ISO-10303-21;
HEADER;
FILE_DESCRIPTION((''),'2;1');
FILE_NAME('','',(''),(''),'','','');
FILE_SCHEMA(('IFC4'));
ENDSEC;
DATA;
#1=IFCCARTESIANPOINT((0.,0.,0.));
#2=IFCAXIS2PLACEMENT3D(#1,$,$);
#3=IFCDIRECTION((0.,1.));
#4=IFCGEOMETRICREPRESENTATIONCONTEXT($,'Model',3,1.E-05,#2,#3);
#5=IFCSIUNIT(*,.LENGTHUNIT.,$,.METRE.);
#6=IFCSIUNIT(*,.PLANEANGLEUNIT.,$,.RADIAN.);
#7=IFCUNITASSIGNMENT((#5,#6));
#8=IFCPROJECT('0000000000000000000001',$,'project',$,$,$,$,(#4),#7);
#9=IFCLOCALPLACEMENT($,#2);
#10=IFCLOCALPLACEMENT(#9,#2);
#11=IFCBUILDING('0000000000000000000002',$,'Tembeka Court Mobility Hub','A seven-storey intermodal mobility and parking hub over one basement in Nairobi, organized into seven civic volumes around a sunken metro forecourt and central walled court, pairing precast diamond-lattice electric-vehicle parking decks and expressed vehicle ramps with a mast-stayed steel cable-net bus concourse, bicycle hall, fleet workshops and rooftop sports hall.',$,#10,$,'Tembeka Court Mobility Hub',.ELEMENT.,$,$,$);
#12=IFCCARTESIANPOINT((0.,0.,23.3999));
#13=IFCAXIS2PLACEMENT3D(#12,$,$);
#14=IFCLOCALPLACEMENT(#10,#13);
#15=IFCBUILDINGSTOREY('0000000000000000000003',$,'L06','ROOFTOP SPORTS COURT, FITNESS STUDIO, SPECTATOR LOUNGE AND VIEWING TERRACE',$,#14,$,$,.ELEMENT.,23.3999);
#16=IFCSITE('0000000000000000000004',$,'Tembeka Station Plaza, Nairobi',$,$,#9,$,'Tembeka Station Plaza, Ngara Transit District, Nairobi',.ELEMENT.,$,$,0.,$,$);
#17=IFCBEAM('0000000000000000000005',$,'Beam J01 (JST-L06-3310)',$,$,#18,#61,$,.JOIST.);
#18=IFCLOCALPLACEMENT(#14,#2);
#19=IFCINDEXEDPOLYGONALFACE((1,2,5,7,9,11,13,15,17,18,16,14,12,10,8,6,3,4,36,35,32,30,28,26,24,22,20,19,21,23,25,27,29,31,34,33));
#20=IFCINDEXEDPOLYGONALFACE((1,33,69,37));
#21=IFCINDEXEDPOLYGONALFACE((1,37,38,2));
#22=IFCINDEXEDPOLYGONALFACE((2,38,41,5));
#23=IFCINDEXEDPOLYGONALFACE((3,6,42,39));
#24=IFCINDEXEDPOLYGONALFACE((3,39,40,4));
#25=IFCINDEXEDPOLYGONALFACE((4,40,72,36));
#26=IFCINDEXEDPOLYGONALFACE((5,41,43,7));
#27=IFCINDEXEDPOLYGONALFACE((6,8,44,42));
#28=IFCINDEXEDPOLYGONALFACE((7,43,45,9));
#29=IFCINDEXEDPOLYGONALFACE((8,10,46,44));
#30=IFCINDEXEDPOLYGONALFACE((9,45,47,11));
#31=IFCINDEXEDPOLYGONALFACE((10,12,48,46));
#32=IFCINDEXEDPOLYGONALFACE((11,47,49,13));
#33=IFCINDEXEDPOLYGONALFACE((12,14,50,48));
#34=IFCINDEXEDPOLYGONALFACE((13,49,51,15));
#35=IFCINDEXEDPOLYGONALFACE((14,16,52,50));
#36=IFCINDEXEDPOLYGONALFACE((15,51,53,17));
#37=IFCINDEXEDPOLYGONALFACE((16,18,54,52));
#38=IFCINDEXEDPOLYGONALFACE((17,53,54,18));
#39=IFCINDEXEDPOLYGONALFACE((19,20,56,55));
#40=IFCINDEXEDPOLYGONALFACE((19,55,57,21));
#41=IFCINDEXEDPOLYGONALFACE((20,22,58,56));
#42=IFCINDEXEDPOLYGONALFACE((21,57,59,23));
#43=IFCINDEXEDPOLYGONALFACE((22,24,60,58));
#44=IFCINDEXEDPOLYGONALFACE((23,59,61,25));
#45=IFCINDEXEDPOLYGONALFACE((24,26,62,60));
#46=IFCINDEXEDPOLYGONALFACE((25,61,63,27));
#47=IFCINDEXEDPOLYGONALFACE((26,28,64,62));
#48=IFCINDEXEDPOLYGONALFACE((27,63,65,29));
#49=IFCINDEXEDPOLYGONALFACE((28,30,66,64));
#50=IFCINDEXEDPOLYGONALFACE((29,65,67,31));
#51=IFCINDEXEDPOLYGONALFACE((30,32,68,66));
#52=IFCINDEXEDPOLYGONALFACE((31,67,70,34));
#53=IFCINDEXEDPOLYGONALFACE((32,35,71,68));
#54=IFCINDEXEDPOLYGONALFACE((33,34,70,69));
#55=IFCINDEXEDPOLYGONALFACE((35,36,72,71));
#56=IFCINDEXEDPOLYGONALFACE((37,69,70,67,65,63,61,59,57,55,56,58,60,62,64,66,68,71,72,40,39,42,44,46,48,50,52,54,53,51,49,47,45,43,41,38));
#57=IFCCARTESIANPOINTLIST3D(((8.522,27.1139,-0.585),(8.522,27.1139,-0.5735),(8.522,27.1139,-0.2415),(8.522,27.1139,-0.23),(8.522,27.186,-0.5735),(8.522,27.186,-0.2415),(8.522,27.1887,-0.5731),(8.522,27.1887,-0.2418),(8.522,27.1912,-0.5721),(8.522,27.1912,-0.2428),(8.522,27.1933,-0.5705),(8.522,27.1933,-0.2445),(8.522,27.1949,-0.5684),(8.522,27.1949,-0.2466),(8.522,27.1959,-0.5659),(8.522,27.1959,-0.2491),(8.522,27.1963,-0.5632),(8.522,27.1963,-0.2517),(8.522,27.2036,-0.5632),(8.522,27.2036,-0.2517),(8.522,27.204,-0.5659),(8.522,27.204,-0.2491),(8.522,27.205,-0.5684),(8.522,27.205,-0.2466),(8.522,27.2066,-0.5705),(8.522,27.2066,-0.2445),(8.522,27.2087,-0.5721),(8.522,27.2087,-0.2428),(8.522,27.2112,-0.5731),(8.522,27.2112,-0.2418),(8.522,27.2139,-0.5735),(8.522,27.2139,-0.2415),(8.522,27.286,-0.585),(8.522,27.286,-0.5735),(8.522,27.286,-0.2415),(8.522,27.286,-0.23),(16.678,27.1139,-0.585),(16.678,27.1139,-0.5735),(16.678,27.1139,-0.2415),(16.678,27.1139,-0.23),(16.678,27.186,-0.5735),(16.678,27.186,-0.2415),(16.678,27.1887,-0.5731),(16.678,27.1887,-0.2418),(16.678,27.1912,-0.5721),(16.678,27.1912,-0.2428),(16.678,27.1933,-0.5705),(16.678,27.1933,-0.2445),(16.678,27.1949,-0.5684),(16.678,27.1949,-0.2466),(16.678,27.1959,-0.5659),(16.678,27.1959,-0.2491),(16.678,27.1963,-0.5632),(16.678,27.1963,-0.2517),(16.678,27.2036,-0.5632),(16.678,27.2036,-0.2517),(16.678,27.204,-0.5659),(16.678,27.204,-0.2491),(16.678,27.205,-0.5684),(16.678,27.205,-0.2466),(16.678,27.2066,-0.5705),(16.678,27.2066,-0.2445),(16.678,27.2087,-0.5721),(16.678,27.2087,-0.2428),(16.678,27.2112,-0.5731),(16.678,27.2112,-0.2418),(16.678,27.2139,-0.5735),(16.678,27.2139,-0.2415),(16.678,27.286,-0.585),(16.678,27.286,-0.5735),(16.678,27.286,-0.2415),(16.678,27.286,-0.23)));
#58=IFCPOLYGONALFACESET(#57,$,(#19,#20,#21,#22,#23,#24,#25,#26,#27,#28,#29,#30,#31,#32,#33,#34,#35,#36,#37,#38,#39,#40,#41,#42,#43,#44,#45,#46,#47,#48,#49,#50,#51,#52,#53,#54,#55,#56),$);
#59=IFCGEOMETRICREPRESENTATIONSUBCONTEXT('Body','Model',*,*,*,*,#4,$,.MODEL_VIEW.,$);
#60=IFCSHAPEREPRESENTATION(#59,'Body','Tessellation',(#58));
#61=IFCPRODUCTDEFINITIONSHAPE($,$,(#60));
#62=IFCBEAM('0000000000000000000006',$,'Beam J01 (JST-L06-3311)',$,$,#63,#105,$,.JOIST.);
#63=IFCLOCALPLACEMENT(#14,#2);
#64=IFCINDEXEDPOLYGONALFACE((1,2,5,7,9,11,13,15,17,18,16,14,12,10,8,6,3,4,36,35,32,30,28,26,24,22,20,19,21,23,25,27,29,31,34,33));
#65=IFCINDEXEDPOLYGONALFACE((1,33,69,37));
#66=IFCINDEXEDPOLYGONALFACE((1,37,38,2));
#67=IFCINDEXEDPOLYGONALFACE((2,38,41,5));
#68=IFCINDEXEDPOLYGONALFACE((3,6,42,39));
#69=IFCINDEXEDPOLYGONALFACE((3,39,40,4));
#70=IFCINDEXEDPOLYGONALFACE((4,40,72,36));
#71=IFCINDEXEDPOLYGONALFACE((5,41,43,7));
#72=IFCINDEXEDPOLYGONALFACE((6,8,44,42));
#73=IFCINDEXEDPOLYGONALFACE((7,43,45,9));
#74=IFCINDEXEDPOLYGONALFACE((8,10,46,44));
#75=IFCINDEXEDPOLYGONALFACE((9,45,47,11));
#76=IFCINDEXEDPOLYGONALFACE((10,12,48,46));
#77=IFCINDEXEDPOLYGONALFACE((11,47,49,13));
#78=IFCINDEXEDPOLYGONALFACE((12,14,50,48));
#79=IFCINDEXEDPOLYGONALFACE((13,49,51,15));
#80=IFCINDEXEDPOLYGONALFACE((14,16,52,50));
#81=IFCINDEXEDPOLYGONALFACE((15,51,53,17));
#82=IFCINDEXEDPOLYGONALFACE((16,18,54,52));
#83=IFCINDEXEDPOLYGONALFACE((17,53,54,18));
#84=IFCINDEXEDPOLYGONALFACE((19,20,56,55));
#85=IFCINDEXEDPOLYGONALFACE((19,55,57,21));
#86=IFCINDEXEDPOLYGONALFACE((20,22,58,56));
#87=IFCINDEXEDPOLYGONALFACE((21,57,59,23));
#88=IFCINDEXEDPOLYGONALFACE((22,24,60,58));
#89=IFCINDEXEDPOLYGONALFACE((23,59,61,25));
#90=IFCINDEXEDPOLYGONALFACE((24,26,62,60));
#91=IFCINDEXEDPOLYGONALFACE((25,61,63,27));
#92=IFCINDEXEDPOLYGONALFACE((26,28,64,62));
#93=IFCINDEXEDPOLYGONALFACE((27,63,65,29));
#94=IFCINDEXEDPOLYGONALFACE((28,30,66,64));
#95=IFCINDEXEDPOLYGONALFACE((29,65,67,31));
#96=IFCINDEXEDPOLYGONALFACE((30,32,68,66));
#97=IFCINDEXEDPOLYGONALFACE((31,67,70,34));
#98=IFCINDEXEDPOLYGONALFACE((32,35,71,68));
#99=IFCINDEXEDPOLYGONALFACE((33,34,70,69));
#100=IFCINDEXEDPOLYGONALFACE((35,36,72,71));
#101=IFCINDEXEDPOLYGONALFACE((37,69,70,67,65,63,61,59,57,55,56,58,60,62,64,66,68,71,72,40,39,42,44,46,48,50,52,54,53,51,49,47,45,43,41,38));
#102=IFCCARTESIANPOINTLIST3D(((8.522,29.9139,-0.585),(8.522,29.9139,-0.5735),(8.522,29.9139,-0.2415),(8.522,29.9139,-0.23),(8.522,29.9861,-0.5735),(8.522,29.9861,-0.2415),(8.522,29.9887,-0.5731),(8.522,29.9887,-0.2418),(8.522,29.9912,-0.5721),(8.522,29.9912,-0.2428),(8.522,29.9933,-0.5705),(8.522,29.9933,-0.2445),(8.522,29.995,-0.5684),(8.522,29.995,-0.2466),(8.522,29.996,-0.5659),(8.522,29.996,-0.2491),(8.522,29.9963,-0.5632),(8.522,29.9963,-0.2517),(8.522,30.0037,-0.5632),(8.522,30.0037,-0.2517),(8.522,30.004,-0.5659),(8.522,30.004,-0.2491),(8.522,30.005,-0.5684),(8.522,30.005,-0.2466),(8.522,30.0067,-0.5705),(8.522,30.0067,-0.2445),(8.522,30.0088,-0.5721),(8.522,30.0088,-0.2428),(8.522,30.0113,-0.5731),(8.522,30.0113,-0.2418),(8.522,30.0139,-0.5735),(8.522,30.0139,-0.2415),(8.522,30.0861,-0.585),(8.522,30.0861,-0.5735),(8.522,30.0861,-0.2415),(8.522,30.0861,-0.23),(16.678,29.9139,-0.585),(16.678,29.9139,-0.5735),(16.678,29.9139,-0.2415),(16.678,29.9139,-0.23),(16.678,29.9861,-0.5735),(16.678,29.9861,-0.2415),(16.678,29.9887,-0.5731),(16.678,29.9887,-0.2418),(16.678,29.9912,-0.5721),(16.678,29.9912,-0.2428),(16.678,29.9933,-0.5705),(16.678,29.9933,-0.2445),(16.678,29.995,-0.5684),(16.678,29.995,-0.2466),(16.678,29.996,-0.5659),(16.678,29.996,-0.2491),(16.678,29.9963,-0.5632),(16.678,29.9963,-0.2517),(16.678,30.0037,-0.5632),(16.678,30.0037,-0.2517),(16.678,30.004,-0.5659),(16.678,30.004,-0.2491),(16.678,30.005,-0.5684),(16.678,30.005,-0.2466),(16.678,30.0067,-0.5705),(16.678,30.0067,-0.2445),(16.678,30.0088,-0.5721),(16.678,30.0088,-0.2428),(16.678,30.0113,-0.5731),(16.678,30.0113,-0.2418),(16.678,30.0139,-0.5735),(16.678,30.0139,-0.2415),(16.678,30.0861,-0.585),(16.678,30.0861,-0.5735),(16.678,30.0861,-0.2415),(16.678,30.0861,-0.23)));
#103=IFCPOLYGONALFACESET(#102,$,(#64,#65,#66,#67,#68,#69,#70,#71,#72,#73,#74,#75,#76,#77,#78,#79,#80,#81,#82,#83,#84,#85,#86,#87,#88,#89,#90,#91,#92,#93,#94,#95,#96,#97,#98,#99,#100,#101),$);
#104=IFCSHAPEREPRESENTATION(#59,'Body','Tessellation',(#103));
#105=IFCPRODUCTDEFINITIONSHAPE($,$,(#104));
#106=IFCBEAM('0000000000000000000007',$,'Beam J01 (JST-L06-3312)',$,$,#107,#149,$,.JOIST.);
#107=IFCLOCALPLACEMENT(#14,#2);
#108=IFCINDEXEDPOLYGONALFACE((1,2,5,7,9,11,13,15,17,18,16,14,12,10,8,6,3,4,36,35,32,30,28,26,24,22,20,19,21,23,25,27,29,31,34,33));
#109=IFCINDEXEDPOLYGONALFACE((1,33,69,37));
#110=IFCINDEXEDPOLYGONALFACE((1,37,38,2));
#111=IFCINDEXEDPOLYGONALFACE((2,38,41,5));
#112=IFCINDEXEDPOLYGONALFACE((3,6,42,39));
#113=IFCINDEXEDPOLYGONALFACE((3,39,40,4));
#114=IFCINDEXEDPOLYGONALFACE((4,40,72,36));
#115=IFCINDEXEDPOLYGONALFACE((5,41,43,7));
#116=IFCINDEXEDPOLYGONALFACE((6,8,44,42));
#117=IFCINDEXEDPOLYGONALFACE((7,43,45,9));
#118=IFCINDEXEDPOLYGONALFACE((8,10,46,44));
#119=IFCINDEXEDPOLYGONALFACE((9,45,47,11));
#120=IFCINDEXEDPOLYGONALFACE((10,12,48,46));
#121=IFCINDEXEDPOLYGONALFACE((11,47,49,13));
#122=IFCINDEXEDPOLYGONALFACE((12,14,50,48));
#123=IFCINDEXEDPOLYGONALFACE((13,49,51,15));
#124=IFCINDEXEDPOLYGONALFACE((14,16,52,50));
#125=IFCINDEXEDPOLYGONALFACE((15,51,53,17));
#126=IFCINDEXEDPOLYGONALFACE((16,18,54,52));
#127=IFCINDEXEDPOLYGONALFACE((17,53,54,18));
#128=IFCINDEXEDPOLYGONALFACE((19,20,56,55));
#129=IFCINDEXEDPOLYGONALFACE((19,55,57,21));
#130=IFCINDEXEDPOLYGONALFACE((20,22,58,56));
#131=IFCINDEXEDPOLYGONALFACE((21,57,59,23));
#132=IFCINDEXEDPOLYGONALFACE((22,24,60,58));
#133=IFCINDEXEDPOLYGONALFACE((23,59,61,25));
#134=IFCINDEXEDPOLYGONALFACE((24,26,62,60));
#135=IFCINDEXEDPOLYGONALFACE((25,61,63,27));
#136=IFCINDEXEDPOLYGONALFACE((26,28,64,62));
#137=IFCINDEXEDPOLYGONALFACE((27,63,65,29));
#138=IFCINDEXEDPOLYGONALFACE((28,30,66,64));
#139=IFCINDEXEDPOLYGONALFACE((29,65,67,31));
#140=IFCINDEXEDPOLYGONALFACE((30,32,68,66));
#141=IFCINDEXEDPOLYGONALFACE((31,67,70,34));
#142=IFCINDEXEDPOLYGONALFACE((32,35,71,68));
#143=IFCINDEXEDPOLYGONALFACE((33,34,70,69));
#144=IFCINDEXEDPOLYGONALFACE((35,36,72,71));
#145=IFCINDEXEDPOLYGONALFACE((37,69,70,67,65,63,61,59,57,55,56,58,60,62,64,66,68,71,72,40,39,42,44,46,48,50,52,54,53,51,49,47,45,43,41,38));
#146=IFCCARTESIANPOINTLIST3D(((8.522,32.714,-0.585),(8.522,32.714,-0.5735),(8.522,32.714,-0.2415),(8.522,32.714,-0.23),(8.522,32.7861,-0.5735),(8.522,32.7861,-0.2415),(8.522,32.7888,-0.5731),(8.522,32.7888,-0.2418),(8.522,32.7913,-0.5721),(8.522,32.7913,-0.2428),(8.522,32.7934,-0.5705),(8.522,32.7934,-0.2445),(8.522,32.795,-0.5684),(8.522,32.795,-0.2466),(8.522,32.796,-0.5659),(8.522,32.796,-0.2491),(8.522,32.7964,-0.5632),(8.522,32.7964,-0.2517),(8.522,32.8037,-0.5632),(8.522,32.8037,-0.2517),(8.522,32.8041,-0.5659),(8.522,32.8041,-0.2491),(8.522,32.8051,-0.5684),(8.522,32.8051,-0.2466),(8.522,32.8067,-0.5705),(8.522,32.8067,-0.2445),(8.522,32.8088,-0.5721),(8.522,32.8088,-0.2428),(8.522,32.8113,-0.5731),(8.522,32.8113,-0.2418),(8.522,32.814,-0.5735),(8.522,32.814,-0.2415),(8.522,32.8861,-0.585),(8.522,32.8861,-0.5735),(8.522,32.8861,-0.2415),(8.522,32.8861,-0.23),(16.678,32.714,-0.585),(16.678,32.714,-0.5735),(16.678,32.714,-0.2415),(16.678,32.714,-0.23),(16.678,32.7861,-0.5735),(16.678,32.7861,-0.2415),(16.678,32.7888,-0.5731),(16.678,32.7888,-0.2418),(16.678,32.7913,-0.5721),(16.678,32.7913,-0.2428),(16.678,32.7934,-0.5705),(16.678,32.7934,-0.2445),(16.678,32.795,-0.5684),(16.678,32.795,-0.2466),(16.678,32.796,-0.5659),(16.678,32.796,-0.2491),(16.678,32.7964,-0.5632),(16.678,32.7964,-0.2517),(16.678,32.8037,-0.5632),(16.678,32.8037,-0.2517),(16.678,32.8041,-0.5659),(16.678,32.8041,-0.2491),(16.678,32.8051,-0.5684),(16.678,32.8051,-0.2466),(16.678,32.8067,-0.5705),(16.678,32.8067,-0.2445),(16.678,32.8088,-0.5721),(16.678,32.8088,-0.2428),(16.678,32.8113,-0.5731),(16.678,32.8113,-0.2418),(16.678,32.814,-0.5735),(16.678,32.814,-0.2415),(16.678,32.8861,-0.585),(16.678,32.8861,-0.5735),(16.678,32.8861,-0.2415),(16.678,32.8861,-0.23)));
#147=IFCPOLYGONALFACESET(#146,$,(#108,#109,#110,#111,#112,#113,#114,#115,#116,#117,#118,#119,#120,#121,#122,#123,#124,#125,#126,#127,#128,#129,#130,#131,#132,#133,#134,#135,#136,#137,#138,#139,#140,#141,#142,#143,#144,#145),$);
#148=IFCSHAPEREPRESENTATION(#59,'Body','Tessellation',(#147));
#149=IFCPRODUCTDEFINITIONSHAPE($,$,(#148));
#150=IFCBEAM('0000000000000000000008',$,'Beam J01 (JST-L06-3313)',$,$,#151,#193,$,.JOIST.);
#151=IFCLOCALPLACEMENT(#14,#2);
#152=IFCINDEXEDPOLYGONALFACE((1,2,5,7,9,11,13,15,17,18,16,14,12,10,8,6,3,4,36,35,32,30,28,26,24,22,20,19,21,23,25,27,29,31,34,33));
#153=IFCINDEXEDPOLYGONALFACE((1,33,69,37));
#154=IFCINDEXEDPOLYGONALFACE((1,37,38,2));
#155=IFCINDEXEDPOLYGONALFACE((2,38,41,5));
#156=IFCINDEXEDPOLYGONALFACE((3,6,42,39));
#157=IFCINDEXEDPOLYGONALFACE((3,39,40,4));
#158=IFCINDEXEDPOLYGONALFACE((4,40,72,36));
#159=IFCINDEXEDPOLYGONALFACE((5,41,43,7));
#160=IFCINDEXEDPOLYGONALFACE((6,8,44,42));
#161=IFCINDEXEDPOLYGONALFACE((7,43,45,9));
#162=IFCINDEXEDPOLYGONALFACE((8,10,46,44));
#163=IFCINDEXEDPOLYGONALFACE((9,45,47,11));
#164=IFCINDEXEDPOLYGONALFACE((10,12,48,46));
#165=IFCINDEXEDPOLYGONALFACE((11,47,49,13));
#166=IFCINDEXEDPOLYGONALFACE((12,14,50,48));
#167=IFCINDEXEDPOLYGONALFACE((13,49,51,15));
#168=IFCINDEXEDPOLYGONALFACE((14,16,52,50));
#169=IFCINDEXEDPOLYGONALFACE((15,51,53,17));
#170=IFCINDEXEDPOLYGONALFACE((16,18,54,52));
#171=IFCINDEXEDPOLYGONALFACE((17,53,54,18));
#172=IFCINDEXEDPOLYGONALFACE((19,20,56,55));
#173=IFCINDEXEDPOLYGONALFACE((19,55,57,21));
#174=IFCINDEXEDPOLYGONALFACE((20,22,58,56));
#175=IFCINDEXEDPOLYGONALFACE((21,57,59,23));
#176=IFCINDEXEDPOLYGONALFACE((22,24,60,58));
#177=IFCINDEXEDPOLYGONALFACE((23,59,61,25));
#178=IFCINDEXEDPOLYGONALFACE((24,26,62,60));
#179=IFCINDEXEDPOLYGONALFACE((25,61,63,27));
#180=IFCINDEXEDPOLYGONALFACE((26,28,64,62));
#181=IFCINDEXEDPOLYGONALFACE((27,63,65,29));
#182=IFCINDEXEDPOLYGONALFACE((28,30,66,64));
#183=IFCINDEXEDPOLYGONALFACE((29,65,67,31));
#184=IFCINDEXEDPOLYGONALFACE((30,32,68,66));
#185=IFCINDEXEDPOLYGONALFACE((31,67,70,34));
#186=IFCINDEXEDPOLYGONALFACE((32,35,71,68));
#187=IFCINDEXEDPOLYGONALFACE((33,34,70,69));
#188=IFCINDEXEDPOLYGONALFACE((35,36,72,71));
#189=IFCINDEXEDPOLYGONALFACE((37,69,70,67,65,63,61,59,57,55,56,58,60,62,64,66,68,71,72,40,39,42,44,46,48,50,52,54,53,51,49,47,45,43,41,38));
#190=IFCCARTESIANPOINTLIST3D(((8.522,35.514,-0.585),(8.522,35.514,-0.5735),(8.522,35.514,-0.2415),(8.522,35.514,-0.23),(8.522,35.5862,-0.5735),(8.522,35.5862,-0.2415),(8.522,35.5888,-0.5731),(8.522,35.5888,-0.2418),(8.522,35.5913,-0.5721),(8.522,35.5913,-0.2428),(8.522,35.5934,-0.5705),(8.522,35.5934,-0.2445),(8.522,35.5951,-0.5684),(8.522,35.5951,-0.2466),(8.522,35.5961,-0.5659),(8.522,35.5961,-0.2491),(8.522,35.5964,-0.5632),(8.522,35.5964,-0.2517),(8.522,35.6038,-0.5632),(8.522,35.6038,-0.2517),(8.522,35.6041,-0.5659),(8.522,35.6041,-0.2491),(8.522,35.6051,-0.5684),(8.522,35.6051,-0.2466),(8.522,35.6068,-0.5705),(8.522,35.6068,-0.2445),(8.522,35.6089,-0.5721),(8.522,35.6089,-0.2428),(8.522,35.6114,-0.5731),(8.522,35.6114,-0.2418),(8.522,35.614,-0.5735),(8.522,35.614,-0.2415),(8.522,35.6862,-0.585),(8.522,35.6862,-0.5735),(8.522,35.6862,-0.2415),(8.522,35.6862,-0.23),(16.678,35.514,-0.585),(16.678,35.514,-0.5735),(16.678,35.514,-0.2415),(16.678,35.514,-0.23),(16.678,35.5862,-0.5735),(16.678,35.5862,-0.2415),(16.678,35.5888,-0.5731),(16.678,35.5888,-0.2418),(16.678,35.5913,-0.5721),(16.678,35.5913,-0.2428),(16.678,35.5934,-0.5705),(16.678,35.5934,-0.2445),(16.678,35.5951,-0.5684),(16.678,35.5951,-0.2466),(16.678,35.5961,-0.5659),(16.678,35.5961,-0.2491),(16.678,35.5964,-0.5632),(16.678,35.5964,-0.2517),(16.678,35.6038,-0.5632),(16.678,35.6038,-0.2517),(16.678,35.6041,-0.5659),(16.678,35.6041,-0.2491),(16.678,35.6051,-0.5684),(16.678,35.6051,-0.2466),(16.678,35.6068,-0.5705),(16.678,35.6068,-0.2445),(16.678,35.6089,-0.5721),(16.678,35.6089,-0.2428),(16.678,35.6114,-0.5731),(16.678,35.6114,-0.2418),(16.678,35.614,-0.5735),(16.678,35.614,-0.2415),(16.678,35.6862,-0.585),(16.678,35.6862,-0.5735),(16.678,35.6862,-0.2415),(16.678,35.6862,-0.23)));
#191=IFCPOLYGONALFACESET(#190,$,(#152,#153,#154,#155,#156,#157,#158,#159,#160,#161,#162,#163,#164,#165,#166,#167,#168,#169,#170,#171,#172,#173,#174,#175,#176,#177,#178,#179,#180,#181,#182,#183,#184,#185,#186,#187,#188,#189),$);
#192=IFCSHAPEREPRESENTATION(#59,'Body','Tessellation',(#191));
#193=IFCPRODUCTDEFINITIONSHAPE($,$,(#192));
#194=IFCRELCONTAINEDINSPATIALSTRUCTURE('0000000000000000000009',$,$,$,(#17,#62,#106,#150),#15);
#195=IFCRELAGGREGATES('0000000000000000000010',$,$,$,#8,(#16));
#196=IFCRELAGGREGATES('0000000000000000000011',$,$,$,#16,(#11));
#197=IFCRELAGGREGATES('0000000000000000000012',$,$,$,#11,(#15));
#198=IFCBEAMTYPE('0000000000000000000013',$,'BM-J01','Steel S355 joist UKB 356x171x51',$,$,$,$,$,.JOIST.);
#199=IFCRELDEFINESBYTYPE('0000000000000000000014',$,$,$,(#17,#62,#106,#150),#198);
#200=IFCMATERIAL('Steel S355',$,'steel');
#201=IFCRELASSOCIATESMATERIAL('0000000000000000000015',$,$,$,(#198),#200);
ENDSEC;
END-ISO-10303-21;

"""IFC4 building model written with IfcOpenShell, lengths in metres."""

from ifc_helpers import new_model, si_unit, direction, frame, origin, origin_2d, place, context, subcontext, project, spatial, i_section, extrude, material, material_profile, profile_set, type_object, element, save


model = new_model("IFC4")

# Units and contexts
model_context = context("Model", 3, precision=1e-05, world=origin(), true_north=direction((0.0, 1.0)))
body_context = subcontext(model_context, "Body", "Model", "MODEL_VIEW")
ifc_project = project(units=[si_unit("LENGTHUNIT", "METRE"), si_unit("PLANEANGLEUNIT", "RADIAN")], contexts=[model_context])

# Site, building, storey
site_placement = place(None, origin())
site = spatial("IfcSite", under=ifc_project, at=site_placement, Name="Tembeka Station Plaza, Nairobi", LongName="Tembeka Station Plaza, Ngara Transit District, Nairobi", CompositionType="ELEMENT", RefElevation=0.0)
building_placement = place(site_placement, origin())
building = spatial("IfcBuilding", under=site, at=building_placement, Name="Tembeka Court Mobility Hub", Description="A seven-storey intermodal mobility and parking hub over one basement in Nairobi, organized into seven civic volumes around a sunken metro forecourt and central walled court, pairing precast diamond-lattice electric-vehicle parking decks and expressed vehicle ramps with a mast-stayed steel cable-net bus concourse, bicycle hall, fleet workshops and rooftop sports hall.", LongName="Tembeka Court Mobility Hub", CompositionType="ELEMENT")
storey_placement = place(building_placement, frame((0.0, 0.0, 23.3999)))
storey = spatial("IfcBuildingStorey", under=building, at=storey_placement, Name="L06", Description="ROOFTOP SPORTS COURT, FITNESS STUDIO, SPECTATOR LOUNGE AND VIEWING TERRACE", CompositionType="ELEMENT", Elevation=23.3999)

# Shared definitions
ifc_material_1 = material(Name="Steel S355", Category="steel")

# Beams
ifc_material_profile_1 = material_profile(ifc_material_1, i_section(OverallWidth=0.1721, OverallDepth=0.355, WebThickness=0.0073, FlangeThickness=0.0115, FilletRadius=0.0103, at=origin_2d()), Name="UKB 356x171x51")
ifc_profile_set_1 = profile_set([ifc_material_profile_1], Name="Steel S355")
beam_type_1 = type_object("IfcBeamType", Name="BM-J01", Description="Steel S355 joist UKB 356x171x51", PredefinedType="JOIST", material=ifc_profile_set_1)
for number, where, z_axis, x_axis, name in (
    (1, (8.522, 27.2, -0.4075), (1.0, 0.0, 0.0), (0.0, 1.0, 0.0), "Beam J01 (JST-L06-3310)"),
    (2, (8.522, 30.0, -0.4075), (1.0, 0.0, 0.0), (0.0, 1.0, 0.0), "Beam J01 (JST-L06-3311)"),
    (3, (8.522, 32.8, -0.4075), (1.0, 0.0, 0.0), (0.0, 1.0, 0.0), "Beam J01 (JST-L06-3312)"),
    (4, (8.522, 35.6001, -0.4075), (1.0, 0.0, 0.0), (0.0, 1.0, 0.0), "Beam J01 (JST-L06-3313)"),
):
    element("IfcBeam", number, at=place(storey_placement, frame(where, z_axis=z_axis, x_axis=x_axis)), inside=storey, type_object=beam_type_1, Name=name, PredefinedType="JOIST", context=body_context, shape_type="SweptSolid", body=[
        extrude(i_section(OverallWidth=0.1721, OverallDepth=0.355, WebThickness=0.0073, FlangeThickness=0.0115, FilletRadius=0.0103, at=origin_2d()), origin(), (0.0, 0.0, 1.0), 8.156),
    ])

save(model, "model.ifc")
